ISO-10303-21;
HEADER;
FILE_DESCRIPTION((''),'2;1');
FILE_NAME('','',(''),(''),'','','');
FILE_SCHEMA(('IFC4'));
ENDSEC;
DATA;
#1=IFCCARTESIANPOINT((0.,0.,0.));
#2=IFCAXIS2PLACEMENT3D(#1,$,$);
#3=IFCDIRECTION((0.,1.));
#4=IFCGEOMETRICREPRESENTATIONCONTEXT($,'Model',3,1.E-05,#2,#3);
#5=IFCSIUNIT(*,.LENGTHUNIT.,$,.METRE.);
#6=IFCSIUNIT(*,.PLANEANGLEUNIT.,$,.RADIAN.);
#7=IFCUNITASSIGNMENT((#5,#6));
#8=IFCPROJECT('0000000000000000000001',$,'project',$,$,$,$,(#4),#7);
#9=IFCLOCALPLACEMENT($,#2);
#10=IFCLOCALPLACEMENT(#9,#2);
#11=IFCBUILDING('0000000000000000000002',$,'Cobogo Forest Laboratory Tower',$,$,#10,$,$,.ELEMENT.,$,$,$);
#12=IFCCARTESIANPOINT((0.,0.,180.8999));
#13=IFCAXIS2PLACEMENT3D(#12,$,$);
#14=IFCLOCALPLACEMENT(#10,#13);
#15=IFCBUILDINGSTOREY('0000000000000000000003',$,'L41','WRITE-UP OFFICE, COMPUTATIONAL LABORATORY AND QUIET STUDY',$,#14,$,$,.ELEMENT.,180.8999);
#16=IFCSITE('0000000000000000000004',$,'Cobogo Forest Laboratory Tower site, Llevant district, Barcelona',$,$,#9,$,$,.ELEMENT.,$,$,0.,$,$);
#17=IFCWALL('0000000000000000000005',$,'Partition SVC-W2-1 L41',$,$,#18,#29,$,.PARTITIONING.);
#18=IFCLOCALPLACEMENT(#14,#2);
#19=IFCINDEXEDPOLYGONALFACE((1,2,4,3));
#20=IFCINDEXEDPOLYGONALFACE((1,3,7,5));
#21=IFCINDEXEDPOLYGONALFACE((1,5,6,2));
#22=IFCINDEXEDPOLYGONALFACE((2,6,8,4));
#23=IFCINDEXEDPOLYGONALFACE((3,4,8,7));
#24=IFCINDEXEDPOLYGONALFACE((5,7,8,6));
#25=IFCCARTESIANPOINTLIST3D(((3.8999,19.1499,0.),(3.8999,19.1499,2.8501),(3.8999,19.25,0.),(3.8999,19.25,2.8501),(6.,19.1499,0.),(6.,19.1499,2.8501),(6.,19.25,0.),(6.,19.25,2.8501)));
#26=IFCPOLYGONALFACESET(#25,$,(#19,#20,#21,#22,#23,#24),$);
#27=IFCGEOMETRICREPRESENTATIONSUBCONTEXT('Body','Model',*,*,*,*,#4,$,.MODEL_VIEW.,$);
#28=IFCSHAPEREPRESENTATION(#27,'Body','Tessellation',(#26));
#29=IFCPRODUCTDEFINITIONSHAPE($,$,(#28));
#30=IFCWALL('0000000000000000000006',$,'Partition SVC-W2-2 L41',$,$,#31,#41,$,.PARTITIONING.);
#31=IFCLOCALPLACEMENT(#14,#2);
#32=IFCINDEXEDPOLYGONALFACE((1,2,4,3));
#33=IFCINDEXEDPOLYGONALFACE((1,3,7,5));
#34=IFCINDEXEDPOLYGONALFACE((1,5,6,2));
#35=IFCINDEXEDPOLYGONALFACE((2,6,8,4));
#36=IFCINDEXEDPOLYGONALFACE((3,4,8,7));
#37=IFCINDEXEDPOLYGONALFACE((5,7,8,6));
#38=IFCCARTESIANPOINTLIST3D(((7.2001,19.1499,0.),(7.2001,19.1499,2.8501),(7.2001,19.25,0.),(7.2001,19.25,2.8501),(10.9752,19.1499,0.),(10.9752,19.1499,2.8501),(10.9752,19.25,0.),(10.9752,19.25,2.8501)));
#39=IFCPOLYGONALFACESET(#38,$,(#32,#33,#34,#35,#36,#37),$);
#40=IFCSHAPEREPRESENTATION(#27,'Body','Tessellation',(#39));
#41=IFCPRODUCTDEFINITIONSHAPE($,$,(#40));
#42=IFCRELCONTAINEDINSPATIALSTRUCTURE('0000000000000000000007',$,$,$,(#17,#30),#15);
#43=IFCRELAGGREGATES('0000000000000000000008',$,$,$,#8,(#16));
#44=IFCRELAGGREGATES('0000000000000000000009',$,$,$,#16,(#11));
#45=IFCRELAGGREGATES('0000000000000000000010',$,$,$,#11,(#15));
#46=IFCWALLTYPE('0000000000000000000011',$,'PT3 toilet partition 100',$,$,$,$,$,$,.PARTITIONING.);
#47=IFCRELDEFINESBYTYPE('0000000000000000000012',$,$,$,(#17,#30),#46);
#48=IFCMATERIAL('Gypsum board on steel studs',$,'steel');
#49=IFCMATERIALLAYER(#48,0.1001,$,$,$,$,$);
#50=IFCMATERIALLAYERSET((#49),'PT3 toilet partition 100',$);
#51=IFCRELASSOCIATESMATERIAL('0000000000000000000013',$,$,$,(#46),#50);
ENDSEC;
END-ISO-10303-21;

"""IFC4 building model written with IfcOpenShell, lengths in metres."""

from ifc_helpers import new_model, si_unit, direction, frame, frame_2d, origin, place, context, subcontext, project, spatial, rectangle, extrude, material, layer, layer_set, type_object, element, save


model = new_model("IFC4")

# Units and contexts
model_context = context("Model", 3, precision=1e-05, world=origin(), true_north=direction((0.0, 1.0)))
body_context = subcontext(model_context, "Body", "Model", "MODEL_VIEW")
ifc_project = project(units=[si_unit("LENGTHUNIT", "METRE"), si_unit("PLANEANGLEUNIT", "RADIAN")], contexts=[model_context])

# Site, building, storey
site_placement = place(None, origin())
site = spatial("IfcSite", under=ifc_project, at=site_placement, Name="Cobogo Forest Laboratory Tower site, Llevant district, Barcelona", CompositionType="ELEMENT", RefElevation=0.0)
building_placement = place(site_placement, origin())
building = spatial("IfcBuilding", under=site, at=building_placement, Name="Cobogo Forest Laboratory Tower", CompositionType="ELEMENT")
storey_placement = place(building_placement, frame((0.0, 0.0, 180.8999)))
storey = spatial("IfcBuildingStorey", under=building, at=storey_placement, Name="L41", Description="WRITE-UP OFFICE, COMPUTATIONAL LABORATORY AND QUIET STUDY", CompositionType="ELEMENT", Elevation=180.8999)

# Walls
ifc_material_1 = material(Name="Gypsum board on steel studs", Category="steel")
ifc_layer_1 = layer(ifc_material_1, 0.1001)
ifc_layer_set_1 = layer_set([ifc_layer_1], Name="PT3 toilet partition 100")
wall_type_1 = type_object("IfcWallType", Name="PT3 toilet partition 100", PredefinedType="PARTITIONING", material=ifc_layer_set_1)
wall_1_placement = place(storey_placement, frame((3.8999, 19.2, 0.0), z_axis=(0.0, 0.0, 1.0), x_axis=(1.0, 0.0, 0.0)))
element("IfcWall", 1, at=wall_1_placement, inside=storey, type_object=wall_type_1, Name="Partition SVC-W2-1 L41", PredefinedType="PARTITIONING", context=body_context, shape_type="SweptSolid", body=[
    extrude(rectangle(XDim=2.1001, YDim=0.1001, at=frame_2d((1.05, 0.0))), origin(), (0.0, 0.0, 1.0), 2.8501),
])
wall_2_placement = place(storey_placement, frame((7.2, 19.2, 0.0), z_axis=(0.0, 0.0, 1.0), x_axis=(1.0, 0.0, 0.0)))
element("IfcWall", 2, at=wall_2_placement, inside=storey, type_object=wall_type_1, Name="Partition SVC-W2-2 L41", PredefinedType="PARTITIONING", context=body_context, shape_type="SweptSolid", body=[
    extrude(rectangle(XDim=3.7751, YDim=0.1001, at=frame_2d((1.8877, 0.0))), origin(), (0.0, 0.0, 1.0), 2.8501),
])

save(model, "model.ifc")
